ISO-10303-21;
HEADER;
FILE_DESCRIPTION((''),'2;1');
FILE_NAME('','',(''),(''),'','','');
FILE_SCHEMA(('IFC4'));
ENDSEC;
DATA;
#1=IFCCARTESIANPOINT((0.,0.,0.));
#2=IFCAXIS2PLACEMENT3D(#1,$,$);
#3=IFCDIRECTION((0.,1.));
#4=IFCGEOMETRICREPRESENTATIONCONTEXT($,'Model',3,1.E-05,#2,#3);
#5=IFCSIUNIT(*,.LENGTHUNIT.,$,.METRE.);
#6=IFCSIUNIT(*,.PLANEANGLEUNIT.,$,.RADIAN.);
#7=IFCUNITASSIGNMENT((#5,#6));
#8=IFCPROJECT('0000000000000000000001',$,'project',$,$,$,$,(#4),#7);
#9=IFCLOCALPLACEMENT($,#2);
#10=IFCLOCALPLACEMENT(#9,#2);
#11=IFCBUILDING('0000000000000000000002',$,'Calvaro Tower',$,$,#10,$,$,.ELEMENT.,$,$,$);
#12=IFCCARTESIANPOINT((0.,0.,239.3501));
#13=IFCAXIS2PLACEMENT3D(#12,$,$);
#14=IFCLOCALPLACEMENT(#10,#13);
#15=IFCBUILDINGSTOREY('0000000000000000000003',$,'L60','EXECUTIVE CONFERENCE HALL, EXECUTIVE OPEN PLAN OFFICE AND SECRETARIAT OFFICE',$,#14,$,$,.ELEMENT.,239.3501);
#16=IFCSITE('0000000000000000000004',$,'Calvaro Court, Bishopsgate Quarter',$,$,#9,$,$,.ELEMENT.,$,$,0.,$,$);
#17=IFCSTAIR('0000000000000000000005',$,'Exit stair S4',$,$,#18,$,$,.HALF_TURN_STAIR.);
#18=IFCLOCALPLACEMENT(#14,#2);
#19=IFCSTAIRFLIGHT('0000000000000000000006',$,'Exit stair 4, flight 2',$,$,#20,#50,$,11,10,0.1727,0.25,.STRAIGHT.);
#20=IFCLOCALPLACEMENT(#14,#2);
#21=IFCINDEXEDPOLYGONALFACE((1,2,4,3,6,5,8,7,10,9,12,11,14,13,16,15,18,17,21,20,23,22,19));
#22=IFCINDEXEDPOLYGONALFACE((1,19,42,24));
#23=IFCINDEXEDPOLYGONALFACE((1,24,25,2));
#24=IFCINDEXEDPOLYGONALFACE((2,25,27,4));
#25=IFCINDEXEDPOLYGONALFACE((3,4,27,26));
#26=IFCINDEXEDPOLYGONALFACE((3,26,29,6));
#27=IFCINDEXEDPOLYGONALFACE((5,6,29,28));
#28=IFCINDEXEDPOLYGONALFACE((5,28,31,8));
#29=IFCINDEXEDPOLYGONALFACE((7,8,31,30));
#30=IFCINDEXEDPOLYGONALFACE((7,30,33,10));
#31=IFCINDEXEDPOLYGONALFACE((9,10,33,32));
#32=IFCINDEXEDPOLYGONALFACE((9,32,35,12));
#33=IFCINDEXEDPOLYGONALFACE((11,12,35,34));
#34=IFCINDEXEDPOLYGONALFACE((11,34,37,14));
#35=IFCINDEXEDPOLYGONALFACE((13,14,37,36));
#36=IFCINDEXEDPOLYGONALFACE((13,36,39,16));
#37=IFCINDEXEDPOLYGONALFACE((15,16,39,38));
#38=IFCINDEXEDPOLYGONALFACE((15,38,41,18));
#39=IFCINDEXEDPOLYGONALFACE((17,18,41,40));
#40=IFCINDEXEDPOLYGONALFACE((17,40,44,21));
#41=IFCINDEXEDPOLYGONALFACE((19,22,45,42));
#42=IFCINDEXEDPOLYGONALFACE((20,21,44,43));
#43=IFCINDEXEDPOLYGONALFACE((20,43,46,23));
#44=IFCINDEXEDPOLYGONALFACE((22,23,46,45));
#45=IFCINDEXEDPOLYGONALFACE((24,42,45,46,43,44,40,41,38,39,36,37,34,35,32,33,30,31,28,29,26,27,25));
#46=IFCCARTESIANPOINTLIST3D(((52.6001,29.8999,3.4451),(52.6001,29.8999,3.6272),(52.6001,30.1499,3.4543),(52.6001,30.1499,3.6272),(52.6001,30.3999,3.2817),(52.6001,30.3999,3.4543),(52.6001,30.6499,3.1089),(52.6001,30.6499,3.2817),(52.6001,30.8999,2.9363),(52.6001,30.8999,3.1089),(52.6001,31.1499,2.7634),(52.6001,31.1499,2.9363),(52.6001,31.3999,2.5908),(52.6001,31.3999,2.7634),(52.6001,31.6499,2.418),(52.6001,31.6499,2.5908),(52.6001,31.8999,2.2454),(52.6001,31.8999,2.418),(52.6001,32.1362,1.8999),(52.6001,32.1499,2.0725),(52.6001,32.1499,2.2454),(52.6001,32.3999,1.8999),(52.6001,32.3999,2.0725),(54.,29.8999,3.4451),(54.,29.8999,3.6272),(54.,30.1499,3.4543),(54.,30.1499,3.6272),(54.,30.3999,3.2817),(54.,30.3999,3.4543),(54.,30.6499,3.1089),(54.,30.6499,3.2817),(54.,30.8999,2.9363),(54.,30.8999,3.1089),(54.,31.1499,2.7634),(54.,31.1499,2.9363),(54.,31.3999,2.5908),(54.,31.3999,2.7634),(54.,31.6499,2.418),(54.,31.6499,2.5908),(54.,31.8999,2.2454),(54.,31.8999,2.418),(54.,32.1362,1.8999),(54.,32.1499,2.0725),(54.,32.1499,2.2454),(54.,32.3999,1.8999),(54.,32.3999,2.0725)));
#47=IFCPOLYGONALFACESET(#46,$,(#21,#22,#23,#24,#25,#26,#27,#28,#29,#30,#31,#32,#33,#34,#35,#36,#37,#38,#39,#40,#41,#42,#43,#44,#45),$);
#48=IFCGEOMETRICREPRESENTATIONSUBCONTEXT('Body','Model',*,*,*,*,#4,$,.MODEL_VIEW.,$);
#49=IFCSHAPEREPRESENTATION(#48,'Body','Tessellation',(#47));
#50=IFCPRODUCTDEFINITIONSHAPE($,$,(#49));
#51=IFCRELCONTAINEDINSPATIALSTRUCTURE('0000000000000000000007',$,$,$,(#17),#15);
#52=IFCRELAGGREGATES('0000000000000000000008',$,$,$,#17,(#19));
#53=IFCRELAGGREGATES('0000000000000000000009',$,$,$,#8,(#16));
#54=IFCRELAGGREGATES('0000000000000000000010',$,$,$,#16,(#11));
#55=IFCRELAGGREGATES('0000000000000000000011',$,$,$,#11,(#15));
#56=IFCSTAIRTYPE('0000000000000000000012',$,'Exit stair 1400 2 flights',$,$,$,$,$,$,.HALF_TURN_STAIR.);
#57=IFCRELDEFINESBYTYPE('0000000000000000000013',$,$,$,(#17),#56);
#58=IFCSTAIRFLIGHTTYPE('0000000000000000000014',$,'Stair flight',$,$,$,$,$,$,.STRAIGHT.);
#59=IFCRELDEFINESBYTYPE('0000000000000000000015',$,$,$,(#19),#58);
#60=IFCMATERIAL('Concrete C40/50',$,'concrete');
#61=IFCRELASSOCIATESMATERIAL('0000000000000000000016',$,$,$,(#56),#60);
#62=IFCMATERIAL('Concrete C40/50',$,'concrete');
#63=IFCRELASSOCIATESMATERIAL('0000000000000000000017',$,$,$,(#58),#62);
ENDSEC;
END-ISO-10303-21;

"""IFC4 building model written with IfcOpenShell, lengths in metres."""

from ifc_helpers import new_model, si_unit, direction, frame, origin, place, context, subcontext, project, spatial, polyline, outline, extrude, material, type_object, element, aggregate, save


model = new_model("IFC4")

# Units and contexts
model_context = context("Model", 3, precision=1e-05, world=origin(), true_north=direction((0.0, 1.0)))
body_context = subcontext(model_context, "Body", "Model", "MODEL_VIEW")
ifc_project = project(units=[si_unit("LENGTHUNIT", "METRE"), si_unit("PLANEANGLEUNIT", "RADIAN")], contexts=[model_context])

# Site, building, storey
site_placement = place(None, origin())
site = spatial("IfcSite", under=ifc_project, at=site_placement, Name="Calvaro Court, Bishopsgate Quarter", CompositionType="ELEMENT", RefElevation=0.0)
building_placement = place(site_placement, origin())
building = spatial("IfcBuilding", under=site, at=building_placement, Name="Calvaro Tower", CompositionType="ELEMENT")
storey_placement = place(building_placement, frame((0.0, 0.0, 239.3501)))
storey = spatial("IfcBuildingStorey", under=building, at=storey_placement, Name="L60", Description="EXECUTIVE CONFERENCE HALL, EXECUTIVE OPEN PLAN OFFICE AND SECRETARIAT OFFICE", CompositionType="ELEMENT", Elevation=239.3501)

# Stair, stair flight
ifc_material_1 = material(Name="Concrete C40/50", Category="concrete")
stair_type = type_object("IfcStairType", Name="Exit stair 1400 2 flights", PredefinedType="HALF_TURN_STAIR", material=ifc_material_1)
stair_placement = place(storey_placement, origin())
stair = element("IfcStair", 1, at=stair_placement, inside=storey, type_object=stair_type, Name="Exit stair S4", PredefinedType="HALF_TURN_STAIR")
ifc_material_2 = material(Name="Concrete C40/50", Category="concrete")
stair_flight_type = type_object("IfcStairFlightType", Name="Stair flight", PredefinedType="STRAIGHT", material=ifc_material_2)
stair_flight_placement = place(storey_placement, frame((53.3, 32.3999, 1.8999), z_axis=(0.0, 0.0, 1.0), x_axis=(0.0, -1.0, 0.0)))
stair_flight = element("IfcStairFlight", 2, at=stair_flight_placement, type_object=stair_flight_type, Name="Exit stair 4, flight 2", NumberOfRisers=11, NumberOfTreads=10, PredefinedType="STRAIGHT", RiserHeight=0.1727, TreadLength=0.25, context=body_context, shape_type="SweptSolid", body=[
    extrude(outline(polyline([(0.0, 0.0), (0.0, 0.1726), (0.25, 0.1726), (0.25, 0.3455), (0.5, 0.3455), (0.5, 0.5181), (0.75, 0.5181), (0.75, 0.6909), (1.0, 0.6909), (1.0, 0.8635), (1.25, 0.8635), (1.25, 1.0364), (1.5, 1.0364), (1.5, 1.209), (1.75, 1.209), (1.75, 1.3818), (2.0, 1.3818), (2.0, 1.5544), (2.25, 1.5544), (2.25, 1.7273), (2.5, 1.7273), (2.5, 1.8999), (2.5, 1.5452), (0.2637, 0.0), (0.0, 0.0)])), frame((0.0, 0.7, 0.0), z_axis=(0.0, -1.0, 0.0), x_axis=(1.0, 0.0, 0.0)), (0.0, 0.0, 1.0), 1.3999),
])
aggregate(stair, [stair_flight])

save(model, "model.ifc")
